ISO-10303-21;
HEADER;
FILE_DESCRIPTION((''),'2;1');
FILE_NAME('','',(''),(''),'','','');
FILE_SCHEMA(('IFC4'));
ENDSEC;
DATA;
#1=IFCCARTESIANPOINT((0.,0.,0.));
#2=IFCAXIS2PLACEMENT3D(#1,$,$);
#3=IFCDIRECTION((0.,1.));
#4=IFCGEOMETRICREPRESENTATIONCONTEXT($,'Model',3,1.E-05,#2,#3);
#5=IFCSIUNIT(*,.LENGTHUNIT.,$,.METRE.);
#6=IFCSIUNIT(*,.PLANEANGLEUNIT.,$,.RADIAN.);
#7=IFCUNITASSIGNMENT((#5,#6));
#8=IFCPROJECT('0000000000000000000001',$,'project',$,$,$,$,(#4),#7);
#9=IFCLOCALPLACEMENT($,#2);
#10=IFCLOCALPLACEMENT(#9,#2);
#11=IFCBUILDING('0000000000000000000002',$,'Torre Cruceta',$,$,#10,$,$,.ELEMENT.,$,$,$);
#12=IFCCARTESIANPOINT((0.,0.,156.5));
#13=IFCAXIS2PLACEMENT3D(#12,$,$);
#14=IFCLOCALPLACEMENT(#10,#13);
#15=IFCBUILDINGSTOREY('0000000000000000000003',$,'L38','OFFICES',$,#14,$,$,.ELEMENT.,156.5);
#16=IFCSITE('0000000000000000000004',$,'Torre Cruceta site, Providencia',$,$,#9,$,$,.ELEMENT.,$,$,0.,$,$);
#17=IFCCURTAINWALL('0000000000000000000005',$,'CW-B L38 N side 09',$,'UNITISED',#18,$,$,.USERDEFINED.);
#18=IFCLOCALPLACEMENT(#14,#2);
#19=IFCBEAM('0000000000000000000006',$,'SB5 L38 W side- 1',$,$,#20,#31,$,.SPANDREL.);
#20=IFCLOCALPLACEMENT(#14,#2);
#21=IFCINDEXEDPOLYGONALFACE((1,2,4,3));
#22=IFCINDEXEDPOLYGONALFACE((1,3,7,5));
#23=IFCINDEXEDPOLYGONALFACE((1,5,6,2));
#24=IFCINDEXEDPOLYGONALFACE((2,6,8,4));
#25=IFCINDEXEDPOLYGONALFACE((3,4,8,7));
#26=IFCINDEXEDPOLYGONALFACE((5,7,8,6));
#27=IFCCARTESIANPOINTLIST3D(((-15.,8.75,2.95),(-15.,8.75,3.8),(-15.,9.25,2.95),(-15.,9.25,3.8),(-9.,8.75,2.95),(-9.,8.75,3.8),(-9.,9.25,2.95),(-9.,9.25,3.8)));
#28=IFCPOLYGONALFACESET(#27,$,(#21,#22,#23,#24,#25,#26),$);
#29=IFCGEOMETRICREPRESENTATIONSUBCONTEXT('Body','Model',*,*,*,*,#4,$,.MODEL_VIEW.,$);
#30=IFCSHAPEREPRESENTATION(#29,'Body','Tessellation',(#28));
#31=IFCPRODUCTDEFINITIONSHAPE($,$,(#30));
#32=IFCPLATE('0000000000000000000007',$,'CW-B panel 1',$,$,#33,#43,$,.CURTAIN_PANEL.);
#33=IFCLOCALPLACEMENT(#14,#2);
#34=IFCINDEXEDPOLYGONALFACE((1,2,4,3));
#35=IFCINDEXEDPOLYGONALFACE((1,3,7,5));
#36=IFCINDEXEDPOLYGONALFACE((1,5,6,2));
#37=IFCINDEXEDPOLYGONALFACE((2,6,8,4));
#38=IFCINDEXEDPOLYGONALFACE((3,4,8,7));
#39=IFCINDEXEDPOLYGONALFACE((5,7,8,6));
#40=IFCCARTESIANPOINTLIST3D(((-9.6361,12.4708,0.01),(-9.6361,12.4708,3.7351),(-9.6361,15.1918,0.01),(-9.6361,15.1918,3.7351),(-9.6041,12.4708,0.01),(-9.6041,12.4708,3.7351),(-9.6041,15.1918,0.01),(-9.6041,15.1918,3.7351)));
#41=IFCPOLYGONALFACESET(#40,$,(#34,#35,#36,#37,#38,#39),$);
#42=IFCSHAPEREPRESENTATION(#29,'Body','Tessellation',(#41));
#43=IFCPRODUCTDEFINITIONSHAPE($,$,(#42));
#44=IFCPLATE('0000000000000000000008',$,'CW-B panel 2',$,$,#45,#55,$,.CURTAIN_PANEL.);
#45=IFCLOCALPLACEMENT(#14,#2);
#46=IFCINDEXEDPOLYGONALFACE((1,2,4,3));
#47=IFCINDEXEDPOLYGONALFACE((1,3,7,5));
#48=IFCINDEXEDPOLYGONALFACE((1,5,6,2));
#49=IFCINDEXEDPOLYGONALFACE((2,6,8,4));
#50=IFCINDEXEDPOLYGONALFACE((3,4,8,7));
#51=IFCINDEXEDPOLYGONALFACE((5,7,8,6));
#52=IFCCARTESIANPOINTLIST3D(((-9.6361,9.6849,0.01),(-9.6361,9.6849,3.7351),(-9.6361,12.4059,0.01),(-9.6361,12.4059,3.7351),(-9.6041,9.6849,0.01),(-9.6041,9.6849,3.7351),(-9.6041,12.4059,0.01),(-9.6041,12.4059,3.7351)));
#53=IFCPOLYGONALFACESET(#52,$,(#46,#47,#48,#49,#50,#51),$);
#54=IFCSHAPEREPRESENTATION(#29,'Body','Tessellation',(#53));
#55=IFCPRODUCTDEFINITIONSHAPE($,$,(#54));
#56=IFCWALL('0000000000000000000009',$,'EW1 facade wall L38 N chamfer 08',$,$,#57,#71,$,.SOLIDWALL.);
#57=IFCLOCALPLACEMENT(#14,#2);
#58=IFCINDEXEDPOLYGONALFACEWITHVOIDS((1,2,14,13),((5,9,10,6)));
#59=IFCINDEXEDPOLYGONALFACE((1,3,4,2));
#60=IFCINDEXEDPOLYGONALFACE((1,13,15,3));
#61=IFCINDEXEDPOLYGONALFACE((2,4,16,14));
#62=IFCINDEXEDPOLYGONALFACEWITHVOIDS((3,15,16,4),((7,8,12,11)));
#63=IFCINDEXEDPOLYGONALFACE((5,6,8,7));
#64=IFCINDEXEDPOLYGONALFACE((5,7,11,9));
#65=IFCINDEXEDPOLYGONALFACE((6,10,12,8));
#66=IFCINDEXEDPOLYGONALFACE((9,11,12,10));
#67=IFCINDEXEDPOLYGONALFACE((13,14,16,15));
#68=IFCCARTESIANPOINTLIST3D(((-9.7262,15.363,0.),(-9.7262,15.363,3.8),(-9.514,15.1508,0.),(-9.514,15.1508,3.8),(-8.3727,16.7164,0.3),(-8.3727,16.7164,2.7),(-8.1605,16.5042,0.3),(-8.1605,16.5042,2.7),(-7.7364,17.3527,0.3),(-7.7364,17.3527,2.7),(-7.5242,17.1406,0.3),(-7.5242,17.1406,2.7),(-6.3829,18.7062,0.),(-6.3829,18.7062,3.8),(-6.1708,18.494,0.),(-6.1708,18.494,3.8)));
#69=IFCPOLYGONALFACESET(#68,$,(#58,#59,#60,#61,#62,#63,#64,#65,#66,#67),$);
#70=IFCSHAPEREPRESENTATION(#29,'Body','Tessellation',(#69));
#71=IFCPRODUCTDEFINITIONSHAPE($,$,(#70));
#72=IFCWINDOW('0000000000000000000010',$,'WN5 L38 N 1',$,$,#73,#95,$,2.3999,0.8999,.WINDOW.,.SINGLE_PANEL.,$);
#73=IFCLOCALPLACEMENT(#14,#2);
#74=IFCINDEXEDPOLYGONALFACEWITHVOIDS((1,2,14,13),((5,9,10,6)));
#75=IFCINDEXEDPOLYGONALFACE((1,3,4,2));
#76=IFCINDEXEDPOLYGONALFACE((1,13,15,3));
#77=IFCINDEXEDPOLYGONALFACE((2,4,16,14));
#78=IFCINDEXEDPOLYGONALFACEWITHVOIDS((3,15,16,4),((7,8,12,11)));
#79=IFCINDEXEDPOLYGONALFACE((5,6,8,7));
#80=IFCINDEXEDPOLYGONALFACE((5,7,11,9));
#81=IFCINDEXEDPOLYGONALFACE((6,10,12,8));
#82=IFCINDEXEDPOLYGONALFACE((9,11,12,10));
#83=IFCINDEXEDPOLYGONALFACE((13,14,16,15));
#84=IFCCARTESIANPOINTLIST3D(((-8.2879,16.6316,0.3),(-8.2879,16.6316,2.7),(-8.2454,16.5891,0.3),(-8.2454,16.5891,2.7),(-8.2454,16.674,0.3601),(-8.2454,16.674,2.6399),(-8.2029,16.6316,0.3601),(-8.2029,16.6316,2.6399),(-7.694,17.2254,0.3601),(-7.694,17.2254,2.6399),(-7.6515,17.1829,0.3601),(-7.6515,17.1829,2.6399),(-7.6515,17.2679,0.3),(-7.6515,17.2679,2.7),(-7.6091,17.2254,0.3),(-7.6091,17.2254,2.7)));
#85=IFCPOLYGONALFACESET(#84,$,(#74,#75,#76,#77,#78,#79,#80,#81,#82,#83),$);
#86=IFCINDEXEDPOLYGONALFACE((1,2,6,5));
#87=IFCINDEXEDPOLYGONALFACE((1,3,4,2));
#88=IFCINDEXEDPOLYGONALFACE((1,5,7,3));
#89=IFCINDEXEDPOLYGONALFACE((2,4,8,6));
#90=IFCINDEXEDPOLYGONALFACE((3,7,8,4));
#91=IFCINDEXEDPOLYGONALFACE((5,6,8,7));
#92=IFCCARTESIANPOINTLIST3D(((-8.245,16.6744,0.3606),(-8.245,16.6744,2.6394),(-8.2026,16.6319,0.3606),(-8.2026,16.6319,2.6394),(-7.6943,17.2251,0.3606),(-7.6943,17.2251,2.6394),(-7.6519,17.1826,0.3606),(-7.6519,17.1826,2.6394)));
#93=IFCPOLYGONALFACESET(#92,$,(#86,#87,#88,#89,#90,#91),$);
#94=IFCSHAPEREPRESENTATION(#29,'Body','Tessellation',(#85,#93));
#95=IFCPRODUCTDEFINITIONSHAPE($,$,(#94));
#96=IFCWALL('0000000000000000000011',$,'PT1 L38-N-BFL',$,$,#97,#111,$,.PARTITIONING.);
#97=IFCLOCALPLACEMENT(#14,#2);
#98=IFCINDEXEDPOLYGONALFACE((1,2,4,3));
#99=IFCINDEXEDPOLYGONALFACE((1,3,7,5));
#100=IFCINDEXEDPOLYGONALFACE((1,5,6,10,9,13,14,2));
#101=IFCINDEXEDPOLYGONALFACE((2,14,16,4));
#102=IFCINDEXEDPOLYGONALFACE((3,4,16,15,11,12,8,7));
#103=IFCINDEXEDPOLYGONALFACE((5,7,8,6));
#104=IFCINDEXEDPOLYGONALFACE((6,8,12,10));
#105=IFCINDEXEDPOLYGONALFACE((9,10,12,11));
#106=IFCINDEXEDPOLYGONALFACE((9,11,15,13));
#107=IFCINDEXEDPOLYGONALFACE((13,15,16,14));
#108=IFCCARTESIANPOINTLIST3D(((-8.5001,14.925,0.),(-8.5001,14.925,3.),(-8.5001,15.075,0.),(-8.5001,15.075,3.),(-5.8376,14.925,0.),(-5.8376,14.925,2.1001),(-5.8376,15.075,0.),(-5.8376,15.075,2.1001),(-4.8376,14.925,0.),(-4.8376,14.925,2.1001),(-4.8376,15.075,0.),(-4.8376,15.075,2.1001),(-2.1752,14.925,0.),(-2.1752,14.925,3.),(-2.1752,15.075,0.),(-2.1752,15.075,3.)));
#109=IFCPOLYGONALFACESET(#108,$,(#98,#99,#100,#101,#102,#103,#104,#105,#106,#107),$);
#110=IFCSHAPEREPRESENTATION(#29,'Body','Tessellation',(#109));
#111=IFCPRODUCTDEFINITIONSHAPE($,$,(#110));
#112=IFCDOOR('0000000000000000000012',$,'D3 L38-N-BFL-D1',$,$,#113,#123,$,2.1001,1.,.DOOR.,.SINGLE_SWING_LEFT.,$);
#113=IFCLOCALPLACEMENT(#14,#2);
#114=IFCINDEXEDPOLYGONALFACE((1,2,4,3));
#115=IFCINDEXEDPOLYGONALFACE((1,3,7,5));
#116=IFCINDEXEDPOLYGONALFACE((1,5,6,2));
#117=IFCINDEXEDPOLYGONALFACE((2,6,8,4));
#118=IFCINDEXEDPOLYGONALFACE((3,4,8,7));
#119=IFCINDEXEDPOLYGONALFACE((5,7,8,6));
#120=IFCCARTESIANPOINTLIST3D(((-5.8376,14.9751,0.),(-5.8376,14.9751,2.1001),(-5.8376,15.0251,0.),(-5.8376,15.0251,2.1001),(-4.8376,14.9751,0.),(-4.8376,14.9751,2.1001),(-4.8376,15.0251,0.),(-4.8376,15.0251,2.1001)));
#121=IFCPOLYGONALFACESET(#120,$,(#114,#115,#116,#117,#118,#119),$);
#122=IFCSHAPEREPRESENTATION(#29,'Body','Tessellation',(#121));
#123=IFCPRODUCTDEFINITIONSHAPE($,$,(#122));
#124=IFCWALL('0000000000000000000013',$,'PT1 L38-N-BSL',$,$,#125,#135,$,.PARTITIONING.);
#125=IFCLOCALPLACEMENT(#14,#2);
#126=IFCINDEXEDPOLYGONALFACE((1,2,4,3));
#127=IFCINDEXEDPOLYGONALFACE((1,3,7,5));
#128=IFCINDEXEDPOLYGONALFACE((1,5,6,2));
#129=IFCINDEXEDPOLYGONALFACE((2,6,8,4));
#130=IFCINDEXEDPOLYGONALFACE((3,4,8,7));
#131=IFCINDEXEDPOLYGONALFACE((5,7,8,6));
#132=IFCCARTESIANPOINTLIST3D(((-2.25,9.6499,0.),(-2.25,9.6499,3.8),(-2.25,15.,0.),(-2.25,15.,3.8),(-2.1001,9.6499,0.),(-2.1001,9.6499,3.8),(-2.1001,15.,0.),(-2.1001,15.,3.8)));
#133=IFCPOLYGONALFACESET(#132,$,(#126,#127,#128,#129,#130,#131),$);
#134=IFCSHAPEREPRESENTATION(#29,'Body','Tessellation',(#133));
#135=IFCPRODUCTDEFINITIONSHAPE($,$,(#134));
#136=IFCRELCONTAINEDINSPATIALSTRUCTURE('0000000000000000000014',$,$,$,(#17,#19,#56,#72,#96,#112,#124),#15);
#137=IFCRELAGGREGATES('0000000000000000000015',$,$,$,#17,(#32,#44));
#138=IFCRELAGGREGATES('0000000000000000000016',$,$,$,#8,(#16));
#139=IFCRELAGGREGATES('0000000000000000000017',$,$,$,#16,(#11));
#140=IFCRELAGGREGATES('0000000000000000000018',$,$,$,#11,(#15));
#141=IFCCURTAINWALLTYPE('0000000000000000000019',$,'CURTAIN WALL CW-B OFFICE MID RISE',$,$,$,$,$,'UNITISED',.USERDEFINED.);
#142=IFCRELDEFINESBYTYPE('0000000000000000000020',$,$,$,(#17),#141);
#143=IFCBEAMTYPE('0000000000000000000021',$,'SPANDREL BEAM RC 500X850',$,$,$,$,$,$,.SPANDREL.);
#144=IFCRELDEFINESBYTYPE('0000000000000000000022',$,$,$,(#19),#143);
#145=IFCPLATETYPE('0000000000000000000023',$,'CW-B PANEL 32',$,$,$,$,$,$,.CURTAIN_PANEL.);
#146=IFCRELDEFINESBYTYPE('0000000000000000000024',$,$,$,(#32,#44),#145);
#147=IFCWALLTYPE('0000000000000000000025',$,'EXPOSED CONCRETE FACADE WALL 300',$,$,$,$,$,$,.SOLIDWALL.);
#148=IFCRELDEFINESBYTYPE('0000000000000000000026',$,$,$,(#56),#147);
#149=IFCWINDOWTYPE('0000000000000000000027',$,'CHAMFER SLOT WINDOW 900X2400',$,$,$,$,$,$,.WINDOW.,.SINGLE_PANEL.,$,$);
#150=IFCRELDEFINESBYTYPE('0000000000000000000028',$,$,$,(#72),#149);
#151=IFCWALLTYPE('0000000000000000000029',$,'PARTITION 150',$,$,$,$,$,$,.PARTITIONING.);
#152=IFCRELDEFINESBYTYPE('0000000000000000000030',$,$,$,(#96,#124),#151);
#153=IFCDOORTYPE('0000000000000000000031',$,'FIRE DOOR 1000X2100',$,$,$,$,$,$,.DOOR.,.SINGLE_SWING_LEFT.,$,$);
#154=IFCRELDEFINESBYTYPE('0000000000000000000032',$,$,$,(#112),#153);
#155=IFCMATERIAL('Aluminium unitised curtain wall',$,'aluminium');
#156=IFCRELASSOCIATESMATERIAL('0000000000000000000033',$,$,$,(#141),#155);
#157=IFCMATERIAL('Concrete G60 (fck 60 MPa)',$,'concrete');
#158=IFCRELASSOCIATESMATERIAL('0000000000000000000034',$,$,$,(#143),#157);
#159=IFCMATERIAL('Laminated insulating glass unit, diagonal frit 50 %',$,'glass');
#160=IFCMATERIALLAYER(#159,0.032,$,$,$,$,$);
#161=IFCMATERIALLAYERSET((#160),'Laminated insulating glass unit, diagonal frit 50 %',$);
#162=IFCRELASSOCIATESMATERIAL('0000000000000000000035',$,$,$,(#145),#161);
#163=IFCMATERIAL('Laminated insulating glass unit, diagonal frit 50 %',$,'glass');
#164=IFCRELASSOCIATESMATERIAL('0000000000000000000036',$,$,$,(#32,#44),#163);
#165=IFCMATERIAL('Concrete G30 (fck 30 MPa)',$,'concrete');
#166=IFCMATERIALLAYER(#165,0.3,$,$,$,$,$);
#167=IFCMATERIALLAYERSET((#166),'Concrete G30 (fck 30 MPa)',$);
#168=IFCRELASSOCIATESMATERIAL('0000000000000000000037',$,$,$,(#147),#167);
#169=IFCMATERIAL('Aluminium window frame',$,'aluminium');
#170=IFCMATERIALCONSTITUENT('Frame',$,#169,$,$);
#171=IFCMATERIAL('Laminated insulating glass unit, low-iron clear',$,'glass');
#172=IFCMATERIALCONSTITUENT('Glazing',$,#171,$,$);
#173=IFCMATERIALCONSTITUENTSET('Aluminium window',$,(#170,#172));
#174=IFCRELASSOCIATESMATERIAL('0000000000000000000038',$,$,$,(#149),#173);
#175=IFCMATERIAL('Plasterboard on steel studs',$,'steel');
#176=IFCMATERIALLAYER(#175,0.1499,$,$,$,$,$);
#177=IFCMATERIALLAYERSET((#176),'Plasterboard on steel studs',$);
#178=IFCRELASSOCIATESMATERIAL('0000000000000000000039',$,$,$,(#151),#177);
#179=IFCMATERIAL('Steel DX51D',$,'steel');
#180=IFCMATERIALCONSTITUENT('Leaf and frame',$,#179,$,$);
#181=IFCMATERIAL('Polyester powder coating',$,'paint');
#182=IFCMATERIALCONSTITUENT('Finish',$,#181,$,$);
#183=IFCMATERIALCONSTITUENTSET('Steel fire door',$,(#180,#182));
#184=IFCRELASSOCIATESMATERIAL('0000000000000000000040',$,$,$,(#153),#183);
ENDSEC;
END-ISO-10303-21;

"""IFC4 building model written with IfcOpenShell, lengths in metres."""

from ifc_helpers import new_model, si_unit, direction, frame, frame_2d, origin, origin_2d, place, context, subcontext, project, spatial, rectangle, hollow_rectangle, extrude, material, layer, layer_set, constituent, constituent_set, material_profile, profile_set, type_object, element, fill, aggregate, save


model = new_model("IFC4")

# Units and contexts
model_context = context("Model", 3, precision=1e-05, world=origin(), true_north=direction((0.0, 1.0)))
body_context = subcontext(model_context, "Body", "Model", "MODEL_VIEW")
ifc_project = project(units=[si_unit("LENGTHUNIT", "METRE"), si_unit("PLANEANGLEUNIT", "RADIAN")], contexts=[model_context])

# Site, building, storey
site_placement = place(None, origin())
site = spatial("IfcSite", under=ifc_project, at=site_placement, Name="Torre Cruceta site, Providencia", CompositionType="ELEMENT", RefElevation=0.0)
building_placement = place(site_placement, origin())
building = spatial("IfcBuilding", under=site, at=building_placement, Name="Torre Cruceta", CompositionType="ELEMENT")
storey_placement = place(building_placement, frame((0.0, 0.0, 156.5)))
storey = spatial("IfcBuildingStorey", under=building, at=storey_placement, Name="L38", Description="OFFICES", CompositionType="ELEMENT", Elevation=156.5)

# Curtain wall
ifc_material_1 = material(Name="Aluminium unitised curtain wall", Category="aluminium")
curtain_wall_type = type_object("IfcCurtainWallType", Name="CURTAIN WALL CW-B OFFICE MID RISE", ElementType="UNITISED", PredefinedType="USERDEFINED", material=ifc_material_1)
curtain_wall_placement = place(storey_placement, origin())
curtain_wall = element("IfcCurtainWall", 1, at=curtain_wall_placement, inside=storey, type_object=curtain_wall_type, Name="CW-B L38 N side 09", ObjectType="UNITISED", PredefinedType="USERDEFINED")

# Beam
ifc_material_2 = material(Name="Concrete G60 (fck 60 MPa)", Category="concrete")
ifc_material_profile_1 = material_profile(ifc_material_2, rectangle(XDim=0.5, YDim=0.8501, at=origin_2d()), Name="RC 500X850")
ifc_profile_set_1 = profile_set([ifc_material_profile_1], Name="Concrete G60 (fck 60 MPa)")
beam_type_1 = type_object("IfcBeamType", Name="SPANDREL BEAM RC 500X850", PredefinedType="SPANDREL", material=ifc_profile_set_1)
beam_1_placement = place(storey_placement, frame((-9.0, 9.0, 3.375), z_axis=(-1.0, 0.0, 0.0), x_axis=(0.0, -1.0, 0.0)))
element("IfcBeam", 2, at=beam_1_placement, inside=storey, type_object=beam_type_1, Name="SB5 L38 W side- 1", PredefinedType="SPANDREL", context=body_context, shape_type="SweptSolid", body=[
    extrude(rectangle(XDim=0.5, YDim=0.8501, at=origin_2d()), origin(), (0.0, 0.0, 1.0), 6.0),
])

# Plates
ifc_material_3 = material(Name="Laminated insulating glass unit, diagonal frit 50 %", Category="glass")
ifc_material_4 = material(Name="Laminated insulating glass unit, diagonal frit 50 %", Category="glass")
ifc_layer_1 = layer(ifc_material_4, 0.032)
ifc_layer_set_1 = layer_set([ifc_layer_1], Name="Laminated insulating glass unit, diagonal frit 50 %")
plate_type = type_object("IfcPlateType", Name="CW-B PANEL 32", PredefinedType="CURTAIN_PANEL", material=ifc_layer_set_1)
plate_1_placement = place(storey_placement, frame((-9.6201, 13.8313, 0.01), z_axis=(0.0, 0.0, 1.0), x_axis=(0.0, -1.0, 0.0)))
plate_1 = element("IfcPlate", 3, at=plate_1_placement, type_object=plate_type, material=ifc_material_3, Name="CW-B panel 1", PredefinedType="CURTAIN_PANEL", context=body_context, shape_type="SweptSolid", body=[
    extrude(rectangle(XDim=2.7209, YDim=0.032, at=origin_2d()), origin(), (0.0, 0.0, 1.0), 3.7251),
])
plate_2_placement = place(storey_placement, frame((-9.6201, 11.0454, 0.01), z_axis=(0.0, 0.0, 1.0), x_axis=(0.0, -1.0, 0.0)))
plate_2 = element("IfcPlate", 4, at=plate_2_placement, type_object=plate_type, material=ifc_material_3, Name="CW-B panel 2", PredefinedType="CURTAIN_PANEL", context=body_context, shape_type="SweptSolid", body=[
    extrude(rectangle(XDim=2.7209, YDim=0.032, at=origin_2d()), origin(), (0.0, 0.0, 1.0), 3.7251),
])
aggregate(curtain_wall, [plate_1, plate_2])

# Wall, opening, window
ifc_material_5 = material(Name="Concrete G30 (fck 30 MPa)", Category="concrete")
ifc_layer_2 = layer(ifc_material_5, 0.3)
ifc_layer_set_2 = layer_set([ifc_layer_2], Name="Concrete G30 (fck 30 MPa)")
wall_type_1 = type_object("IfcWallType", Name="EXPOSED CONCRETE FACADE WALL 300", PredefinedType="SOLIDWALL", material=ifc_layer_set_2)
wall_1_placement = place(storey_placement, frame((-6.2769, 18.6001, 0.0), z_axis=(0.0, 0.0, 1.0), x_axis=(-0.707107, -0.707107, 0.0)))
wall_1 = element("IfcWall", 5, at=wall_1_placement, inside=storey, type_object=wall_type_1, Name="EW1 facade wall L38 N chamfer 08", PredefinedType="SOLIDWALL", context=body_context, shape_type="SweptSolid", body=[
    extrude(rectangle(XDim=4.728, YDim=0.3, at=frame_2d((2.364, 0.0))), origin(), (0.0, 0.0, 1.0), 3.8),
])
opening_1_placement = place(wall_1_placement, frame((1.9141, 0.0, 0.3)))
opening_1 = element("IfcOpeningElement", 6, at=opening_1_placement, cuts=wall_1, PredefinedType="OPENING", context=body_context, shape_type="SweptSolid", body=[
    extrude(rectangle(XDim=0.8999, YDim=2.3999, at=frame_2d((0.45, 1.2))), frame((0.0, 0.1599, 0.0), z_axis=(0.0, -1.0, 0.0), x_axis=(1.0, 0.0, 0.0)), (0.0, 0.0, 1.0), 0.3201),
])
ifc_material_6 = material(Name="Aluminium window frame", Category="aluminium")
ifc_constituent_1 = constituent(ifc_material_6, Name="Frame")
ifc_material_7 = material(Name="Laminated insulating glass unit, low-iron clear", Category="glass")
ifc_constituent_2 = constituent(ifc_material_7, Name="Glazing")
ifc_constituent_set_1 = constituent_set(constituents=[ifc_constituent_1, ifc_constituent_2], Name="Aluminium window")
window_type = type_object("IfcWindowType", Name="CHAMFER SLOT WINDOW 900X2400", PartitioningType="SINGLE_PANEL", PredefinedType="WINDOW", material=ifc_constituent_set_1)
window_placement = place(opening_1_placement, origin())
window = element("IfcWindow", 7, at=window_placement, inside=storey, type_object=window_type, Name="WN5 L38 N 1", OverallHeight=2.3999, OverallWidth=0.8999, PartitioningType="SINGLE_PANEL", PredefinedType="WINDOW", context=body_context, shape_type="SweptSolid", body=[
    extrude(hollow_rectangle(XDim=0.8999, YDim=2.3999, WallThickness=0.0601, at=frame_2d((0.45, 1.2))), frame((0.0, 0.03, 0.0), z_axis=(0.0, -1.0, 0.0), x_axis=(1.0, 0.0, 0.0)), (0.0, 0.0, 1.0), 0.0601),
    extrude(rectangle(XDim=0.7788, YDim=2.2788, at=frame_2d((0.45, 1.2))), frame((0.0, 0.03, 0.0), z_axis=(0.0, -1.0, 0.0), x_axis=(1.0, 0.0, 0.0)), (0.0, 0.0, 1.0), 0.0601),
])
fill(opening_1, window)

# Wall, opening, door
ifc_material_8 = material(Name="Plasterboard on steel studs", Category="steel")
ifc_layer_3 = layer(ifc_material_8, 0.1499)
ifc_layer_set_3 = layer_set([ifc_layer_3], Name="Plasterboard on steel studs")
wall_type_2 = type_object("IfcWallType", Name="PARTITION 150", PredefinedType="PARTITIONING", material=ifc_layer_set_3)
wall_2_placement = place(storey_placement, frame((-2.175, 15.0, 0.0), z_axis=(0.0, 0.0, 1.0), x_axis=(-1.0, 0.0, 0.0)))
wall_2 = element("IfcWall", 8, at=wall_2_placement, inside=storey, type_object=wall_type_2, Name="PT1 L38-N-BFL", PredefinedType="PARTITIONING", context=body_context, shape_type="SweptSolid", body=[
    extrude(rectangle(XDim=6.325, YDim=0.1499, at=frame_2d((3.1626, 0.0))), origin(), (0.0, 0.0, 1.0), 3.0),
])
opening_2_placement = place(wall_2_placement, frame((2.6626, 0.0, 0.0)))
opening_2 = element("IfcOpeningElement", 9, at=opening_2_placement, cuts=wall_2, PredefinedType="OPENING", context=body_context, shape_type="SweptSolid", body=[
    extrude(rectangle(XDim=1.0, YDim=2.1001, at=frame_2d((0.5, 1.05))), frame((0.0, 0.085, 0.0), z_axis=(0.0, -1.0, 0.0), x_axis=(1.0, 0.0, 0.0)), (0.0, 0.0, 1.0), 0.1699),
])
ifc_material_9 = material(Name="Steel DX51D", Category="steel")
ifc_constituent_3 = constituent(ifc_material_9, Name="Leaf and frame")
ifc_material_10 = material(Name="Polyester powder coating", Category="paint")
ifc_constituent_4 = constituent(ifc_material_10, Name="Finish")
ifc_constituent_set_2 = constituent_set(constituents=[ifc_constituent_3, ifc_constituent_4], Name="Steel fire door")
door_type_1 = type_object("IfcDoorType", Name="FIRE DOOR 1000X2100", OperationType="SINGLE_SWING_LEFT", PredefinedType="DOOR", material=ifc_constituent_set_2)
door_1_placement = place(opening_2_placement, frame((1.0, 0.0, 0.0), z_axis=(0.0, 0.0, 1.0), x_axis=(-1.0, 0.0, 0.0)))
door_1 = element("IfcDoor", 10, at=door_1_placement, inside=storey, type_object=door_type_1, Name="D3 L38-N-BFL-D1", OperationType="SINGLE_SWING_LEFT", OverallHeight=2.1001, OverallWidth=1.0, PredefinedType="DOOR", context=body_context, shape_type="SweptSolid", body=[
    extrude(rectangle(XDim=1.0, YDim=2.1001, at=frame_2d((0.5, 1.05))), frame((0.0, 0.0251, 0.0), z_axis=(0.0, -1.0, 0.0), x_axis=(1.0, 0.0, 0.0)), (0.0, 0.0, 1.0), 0.05),
])
fill(opening_2, door_1)

# Wall
wall_3_placement = place(storey_placement, frame((-2.175, 9.6499, 0.0), z_axis=(0.0, 0.0, 1.0), x_axis=(0.0, 1.0, 0.0)))
element("IfcWall", 11, at=wall_3_placement, inside=storey, type_object=wall_type_2, Name="PT1 L38-N-BSL", PredefinedType="PARTITIONING", context=body_context, shape_type="SweptSolid", body=[
    extrude(rectangle(XDim=5.3501, YDim=0.1499, at=frame_2d((2.675, 0.0))), origin(), (0.0, 0.0, 1.0), 3.8),
])

save(model, "model.ifc")
